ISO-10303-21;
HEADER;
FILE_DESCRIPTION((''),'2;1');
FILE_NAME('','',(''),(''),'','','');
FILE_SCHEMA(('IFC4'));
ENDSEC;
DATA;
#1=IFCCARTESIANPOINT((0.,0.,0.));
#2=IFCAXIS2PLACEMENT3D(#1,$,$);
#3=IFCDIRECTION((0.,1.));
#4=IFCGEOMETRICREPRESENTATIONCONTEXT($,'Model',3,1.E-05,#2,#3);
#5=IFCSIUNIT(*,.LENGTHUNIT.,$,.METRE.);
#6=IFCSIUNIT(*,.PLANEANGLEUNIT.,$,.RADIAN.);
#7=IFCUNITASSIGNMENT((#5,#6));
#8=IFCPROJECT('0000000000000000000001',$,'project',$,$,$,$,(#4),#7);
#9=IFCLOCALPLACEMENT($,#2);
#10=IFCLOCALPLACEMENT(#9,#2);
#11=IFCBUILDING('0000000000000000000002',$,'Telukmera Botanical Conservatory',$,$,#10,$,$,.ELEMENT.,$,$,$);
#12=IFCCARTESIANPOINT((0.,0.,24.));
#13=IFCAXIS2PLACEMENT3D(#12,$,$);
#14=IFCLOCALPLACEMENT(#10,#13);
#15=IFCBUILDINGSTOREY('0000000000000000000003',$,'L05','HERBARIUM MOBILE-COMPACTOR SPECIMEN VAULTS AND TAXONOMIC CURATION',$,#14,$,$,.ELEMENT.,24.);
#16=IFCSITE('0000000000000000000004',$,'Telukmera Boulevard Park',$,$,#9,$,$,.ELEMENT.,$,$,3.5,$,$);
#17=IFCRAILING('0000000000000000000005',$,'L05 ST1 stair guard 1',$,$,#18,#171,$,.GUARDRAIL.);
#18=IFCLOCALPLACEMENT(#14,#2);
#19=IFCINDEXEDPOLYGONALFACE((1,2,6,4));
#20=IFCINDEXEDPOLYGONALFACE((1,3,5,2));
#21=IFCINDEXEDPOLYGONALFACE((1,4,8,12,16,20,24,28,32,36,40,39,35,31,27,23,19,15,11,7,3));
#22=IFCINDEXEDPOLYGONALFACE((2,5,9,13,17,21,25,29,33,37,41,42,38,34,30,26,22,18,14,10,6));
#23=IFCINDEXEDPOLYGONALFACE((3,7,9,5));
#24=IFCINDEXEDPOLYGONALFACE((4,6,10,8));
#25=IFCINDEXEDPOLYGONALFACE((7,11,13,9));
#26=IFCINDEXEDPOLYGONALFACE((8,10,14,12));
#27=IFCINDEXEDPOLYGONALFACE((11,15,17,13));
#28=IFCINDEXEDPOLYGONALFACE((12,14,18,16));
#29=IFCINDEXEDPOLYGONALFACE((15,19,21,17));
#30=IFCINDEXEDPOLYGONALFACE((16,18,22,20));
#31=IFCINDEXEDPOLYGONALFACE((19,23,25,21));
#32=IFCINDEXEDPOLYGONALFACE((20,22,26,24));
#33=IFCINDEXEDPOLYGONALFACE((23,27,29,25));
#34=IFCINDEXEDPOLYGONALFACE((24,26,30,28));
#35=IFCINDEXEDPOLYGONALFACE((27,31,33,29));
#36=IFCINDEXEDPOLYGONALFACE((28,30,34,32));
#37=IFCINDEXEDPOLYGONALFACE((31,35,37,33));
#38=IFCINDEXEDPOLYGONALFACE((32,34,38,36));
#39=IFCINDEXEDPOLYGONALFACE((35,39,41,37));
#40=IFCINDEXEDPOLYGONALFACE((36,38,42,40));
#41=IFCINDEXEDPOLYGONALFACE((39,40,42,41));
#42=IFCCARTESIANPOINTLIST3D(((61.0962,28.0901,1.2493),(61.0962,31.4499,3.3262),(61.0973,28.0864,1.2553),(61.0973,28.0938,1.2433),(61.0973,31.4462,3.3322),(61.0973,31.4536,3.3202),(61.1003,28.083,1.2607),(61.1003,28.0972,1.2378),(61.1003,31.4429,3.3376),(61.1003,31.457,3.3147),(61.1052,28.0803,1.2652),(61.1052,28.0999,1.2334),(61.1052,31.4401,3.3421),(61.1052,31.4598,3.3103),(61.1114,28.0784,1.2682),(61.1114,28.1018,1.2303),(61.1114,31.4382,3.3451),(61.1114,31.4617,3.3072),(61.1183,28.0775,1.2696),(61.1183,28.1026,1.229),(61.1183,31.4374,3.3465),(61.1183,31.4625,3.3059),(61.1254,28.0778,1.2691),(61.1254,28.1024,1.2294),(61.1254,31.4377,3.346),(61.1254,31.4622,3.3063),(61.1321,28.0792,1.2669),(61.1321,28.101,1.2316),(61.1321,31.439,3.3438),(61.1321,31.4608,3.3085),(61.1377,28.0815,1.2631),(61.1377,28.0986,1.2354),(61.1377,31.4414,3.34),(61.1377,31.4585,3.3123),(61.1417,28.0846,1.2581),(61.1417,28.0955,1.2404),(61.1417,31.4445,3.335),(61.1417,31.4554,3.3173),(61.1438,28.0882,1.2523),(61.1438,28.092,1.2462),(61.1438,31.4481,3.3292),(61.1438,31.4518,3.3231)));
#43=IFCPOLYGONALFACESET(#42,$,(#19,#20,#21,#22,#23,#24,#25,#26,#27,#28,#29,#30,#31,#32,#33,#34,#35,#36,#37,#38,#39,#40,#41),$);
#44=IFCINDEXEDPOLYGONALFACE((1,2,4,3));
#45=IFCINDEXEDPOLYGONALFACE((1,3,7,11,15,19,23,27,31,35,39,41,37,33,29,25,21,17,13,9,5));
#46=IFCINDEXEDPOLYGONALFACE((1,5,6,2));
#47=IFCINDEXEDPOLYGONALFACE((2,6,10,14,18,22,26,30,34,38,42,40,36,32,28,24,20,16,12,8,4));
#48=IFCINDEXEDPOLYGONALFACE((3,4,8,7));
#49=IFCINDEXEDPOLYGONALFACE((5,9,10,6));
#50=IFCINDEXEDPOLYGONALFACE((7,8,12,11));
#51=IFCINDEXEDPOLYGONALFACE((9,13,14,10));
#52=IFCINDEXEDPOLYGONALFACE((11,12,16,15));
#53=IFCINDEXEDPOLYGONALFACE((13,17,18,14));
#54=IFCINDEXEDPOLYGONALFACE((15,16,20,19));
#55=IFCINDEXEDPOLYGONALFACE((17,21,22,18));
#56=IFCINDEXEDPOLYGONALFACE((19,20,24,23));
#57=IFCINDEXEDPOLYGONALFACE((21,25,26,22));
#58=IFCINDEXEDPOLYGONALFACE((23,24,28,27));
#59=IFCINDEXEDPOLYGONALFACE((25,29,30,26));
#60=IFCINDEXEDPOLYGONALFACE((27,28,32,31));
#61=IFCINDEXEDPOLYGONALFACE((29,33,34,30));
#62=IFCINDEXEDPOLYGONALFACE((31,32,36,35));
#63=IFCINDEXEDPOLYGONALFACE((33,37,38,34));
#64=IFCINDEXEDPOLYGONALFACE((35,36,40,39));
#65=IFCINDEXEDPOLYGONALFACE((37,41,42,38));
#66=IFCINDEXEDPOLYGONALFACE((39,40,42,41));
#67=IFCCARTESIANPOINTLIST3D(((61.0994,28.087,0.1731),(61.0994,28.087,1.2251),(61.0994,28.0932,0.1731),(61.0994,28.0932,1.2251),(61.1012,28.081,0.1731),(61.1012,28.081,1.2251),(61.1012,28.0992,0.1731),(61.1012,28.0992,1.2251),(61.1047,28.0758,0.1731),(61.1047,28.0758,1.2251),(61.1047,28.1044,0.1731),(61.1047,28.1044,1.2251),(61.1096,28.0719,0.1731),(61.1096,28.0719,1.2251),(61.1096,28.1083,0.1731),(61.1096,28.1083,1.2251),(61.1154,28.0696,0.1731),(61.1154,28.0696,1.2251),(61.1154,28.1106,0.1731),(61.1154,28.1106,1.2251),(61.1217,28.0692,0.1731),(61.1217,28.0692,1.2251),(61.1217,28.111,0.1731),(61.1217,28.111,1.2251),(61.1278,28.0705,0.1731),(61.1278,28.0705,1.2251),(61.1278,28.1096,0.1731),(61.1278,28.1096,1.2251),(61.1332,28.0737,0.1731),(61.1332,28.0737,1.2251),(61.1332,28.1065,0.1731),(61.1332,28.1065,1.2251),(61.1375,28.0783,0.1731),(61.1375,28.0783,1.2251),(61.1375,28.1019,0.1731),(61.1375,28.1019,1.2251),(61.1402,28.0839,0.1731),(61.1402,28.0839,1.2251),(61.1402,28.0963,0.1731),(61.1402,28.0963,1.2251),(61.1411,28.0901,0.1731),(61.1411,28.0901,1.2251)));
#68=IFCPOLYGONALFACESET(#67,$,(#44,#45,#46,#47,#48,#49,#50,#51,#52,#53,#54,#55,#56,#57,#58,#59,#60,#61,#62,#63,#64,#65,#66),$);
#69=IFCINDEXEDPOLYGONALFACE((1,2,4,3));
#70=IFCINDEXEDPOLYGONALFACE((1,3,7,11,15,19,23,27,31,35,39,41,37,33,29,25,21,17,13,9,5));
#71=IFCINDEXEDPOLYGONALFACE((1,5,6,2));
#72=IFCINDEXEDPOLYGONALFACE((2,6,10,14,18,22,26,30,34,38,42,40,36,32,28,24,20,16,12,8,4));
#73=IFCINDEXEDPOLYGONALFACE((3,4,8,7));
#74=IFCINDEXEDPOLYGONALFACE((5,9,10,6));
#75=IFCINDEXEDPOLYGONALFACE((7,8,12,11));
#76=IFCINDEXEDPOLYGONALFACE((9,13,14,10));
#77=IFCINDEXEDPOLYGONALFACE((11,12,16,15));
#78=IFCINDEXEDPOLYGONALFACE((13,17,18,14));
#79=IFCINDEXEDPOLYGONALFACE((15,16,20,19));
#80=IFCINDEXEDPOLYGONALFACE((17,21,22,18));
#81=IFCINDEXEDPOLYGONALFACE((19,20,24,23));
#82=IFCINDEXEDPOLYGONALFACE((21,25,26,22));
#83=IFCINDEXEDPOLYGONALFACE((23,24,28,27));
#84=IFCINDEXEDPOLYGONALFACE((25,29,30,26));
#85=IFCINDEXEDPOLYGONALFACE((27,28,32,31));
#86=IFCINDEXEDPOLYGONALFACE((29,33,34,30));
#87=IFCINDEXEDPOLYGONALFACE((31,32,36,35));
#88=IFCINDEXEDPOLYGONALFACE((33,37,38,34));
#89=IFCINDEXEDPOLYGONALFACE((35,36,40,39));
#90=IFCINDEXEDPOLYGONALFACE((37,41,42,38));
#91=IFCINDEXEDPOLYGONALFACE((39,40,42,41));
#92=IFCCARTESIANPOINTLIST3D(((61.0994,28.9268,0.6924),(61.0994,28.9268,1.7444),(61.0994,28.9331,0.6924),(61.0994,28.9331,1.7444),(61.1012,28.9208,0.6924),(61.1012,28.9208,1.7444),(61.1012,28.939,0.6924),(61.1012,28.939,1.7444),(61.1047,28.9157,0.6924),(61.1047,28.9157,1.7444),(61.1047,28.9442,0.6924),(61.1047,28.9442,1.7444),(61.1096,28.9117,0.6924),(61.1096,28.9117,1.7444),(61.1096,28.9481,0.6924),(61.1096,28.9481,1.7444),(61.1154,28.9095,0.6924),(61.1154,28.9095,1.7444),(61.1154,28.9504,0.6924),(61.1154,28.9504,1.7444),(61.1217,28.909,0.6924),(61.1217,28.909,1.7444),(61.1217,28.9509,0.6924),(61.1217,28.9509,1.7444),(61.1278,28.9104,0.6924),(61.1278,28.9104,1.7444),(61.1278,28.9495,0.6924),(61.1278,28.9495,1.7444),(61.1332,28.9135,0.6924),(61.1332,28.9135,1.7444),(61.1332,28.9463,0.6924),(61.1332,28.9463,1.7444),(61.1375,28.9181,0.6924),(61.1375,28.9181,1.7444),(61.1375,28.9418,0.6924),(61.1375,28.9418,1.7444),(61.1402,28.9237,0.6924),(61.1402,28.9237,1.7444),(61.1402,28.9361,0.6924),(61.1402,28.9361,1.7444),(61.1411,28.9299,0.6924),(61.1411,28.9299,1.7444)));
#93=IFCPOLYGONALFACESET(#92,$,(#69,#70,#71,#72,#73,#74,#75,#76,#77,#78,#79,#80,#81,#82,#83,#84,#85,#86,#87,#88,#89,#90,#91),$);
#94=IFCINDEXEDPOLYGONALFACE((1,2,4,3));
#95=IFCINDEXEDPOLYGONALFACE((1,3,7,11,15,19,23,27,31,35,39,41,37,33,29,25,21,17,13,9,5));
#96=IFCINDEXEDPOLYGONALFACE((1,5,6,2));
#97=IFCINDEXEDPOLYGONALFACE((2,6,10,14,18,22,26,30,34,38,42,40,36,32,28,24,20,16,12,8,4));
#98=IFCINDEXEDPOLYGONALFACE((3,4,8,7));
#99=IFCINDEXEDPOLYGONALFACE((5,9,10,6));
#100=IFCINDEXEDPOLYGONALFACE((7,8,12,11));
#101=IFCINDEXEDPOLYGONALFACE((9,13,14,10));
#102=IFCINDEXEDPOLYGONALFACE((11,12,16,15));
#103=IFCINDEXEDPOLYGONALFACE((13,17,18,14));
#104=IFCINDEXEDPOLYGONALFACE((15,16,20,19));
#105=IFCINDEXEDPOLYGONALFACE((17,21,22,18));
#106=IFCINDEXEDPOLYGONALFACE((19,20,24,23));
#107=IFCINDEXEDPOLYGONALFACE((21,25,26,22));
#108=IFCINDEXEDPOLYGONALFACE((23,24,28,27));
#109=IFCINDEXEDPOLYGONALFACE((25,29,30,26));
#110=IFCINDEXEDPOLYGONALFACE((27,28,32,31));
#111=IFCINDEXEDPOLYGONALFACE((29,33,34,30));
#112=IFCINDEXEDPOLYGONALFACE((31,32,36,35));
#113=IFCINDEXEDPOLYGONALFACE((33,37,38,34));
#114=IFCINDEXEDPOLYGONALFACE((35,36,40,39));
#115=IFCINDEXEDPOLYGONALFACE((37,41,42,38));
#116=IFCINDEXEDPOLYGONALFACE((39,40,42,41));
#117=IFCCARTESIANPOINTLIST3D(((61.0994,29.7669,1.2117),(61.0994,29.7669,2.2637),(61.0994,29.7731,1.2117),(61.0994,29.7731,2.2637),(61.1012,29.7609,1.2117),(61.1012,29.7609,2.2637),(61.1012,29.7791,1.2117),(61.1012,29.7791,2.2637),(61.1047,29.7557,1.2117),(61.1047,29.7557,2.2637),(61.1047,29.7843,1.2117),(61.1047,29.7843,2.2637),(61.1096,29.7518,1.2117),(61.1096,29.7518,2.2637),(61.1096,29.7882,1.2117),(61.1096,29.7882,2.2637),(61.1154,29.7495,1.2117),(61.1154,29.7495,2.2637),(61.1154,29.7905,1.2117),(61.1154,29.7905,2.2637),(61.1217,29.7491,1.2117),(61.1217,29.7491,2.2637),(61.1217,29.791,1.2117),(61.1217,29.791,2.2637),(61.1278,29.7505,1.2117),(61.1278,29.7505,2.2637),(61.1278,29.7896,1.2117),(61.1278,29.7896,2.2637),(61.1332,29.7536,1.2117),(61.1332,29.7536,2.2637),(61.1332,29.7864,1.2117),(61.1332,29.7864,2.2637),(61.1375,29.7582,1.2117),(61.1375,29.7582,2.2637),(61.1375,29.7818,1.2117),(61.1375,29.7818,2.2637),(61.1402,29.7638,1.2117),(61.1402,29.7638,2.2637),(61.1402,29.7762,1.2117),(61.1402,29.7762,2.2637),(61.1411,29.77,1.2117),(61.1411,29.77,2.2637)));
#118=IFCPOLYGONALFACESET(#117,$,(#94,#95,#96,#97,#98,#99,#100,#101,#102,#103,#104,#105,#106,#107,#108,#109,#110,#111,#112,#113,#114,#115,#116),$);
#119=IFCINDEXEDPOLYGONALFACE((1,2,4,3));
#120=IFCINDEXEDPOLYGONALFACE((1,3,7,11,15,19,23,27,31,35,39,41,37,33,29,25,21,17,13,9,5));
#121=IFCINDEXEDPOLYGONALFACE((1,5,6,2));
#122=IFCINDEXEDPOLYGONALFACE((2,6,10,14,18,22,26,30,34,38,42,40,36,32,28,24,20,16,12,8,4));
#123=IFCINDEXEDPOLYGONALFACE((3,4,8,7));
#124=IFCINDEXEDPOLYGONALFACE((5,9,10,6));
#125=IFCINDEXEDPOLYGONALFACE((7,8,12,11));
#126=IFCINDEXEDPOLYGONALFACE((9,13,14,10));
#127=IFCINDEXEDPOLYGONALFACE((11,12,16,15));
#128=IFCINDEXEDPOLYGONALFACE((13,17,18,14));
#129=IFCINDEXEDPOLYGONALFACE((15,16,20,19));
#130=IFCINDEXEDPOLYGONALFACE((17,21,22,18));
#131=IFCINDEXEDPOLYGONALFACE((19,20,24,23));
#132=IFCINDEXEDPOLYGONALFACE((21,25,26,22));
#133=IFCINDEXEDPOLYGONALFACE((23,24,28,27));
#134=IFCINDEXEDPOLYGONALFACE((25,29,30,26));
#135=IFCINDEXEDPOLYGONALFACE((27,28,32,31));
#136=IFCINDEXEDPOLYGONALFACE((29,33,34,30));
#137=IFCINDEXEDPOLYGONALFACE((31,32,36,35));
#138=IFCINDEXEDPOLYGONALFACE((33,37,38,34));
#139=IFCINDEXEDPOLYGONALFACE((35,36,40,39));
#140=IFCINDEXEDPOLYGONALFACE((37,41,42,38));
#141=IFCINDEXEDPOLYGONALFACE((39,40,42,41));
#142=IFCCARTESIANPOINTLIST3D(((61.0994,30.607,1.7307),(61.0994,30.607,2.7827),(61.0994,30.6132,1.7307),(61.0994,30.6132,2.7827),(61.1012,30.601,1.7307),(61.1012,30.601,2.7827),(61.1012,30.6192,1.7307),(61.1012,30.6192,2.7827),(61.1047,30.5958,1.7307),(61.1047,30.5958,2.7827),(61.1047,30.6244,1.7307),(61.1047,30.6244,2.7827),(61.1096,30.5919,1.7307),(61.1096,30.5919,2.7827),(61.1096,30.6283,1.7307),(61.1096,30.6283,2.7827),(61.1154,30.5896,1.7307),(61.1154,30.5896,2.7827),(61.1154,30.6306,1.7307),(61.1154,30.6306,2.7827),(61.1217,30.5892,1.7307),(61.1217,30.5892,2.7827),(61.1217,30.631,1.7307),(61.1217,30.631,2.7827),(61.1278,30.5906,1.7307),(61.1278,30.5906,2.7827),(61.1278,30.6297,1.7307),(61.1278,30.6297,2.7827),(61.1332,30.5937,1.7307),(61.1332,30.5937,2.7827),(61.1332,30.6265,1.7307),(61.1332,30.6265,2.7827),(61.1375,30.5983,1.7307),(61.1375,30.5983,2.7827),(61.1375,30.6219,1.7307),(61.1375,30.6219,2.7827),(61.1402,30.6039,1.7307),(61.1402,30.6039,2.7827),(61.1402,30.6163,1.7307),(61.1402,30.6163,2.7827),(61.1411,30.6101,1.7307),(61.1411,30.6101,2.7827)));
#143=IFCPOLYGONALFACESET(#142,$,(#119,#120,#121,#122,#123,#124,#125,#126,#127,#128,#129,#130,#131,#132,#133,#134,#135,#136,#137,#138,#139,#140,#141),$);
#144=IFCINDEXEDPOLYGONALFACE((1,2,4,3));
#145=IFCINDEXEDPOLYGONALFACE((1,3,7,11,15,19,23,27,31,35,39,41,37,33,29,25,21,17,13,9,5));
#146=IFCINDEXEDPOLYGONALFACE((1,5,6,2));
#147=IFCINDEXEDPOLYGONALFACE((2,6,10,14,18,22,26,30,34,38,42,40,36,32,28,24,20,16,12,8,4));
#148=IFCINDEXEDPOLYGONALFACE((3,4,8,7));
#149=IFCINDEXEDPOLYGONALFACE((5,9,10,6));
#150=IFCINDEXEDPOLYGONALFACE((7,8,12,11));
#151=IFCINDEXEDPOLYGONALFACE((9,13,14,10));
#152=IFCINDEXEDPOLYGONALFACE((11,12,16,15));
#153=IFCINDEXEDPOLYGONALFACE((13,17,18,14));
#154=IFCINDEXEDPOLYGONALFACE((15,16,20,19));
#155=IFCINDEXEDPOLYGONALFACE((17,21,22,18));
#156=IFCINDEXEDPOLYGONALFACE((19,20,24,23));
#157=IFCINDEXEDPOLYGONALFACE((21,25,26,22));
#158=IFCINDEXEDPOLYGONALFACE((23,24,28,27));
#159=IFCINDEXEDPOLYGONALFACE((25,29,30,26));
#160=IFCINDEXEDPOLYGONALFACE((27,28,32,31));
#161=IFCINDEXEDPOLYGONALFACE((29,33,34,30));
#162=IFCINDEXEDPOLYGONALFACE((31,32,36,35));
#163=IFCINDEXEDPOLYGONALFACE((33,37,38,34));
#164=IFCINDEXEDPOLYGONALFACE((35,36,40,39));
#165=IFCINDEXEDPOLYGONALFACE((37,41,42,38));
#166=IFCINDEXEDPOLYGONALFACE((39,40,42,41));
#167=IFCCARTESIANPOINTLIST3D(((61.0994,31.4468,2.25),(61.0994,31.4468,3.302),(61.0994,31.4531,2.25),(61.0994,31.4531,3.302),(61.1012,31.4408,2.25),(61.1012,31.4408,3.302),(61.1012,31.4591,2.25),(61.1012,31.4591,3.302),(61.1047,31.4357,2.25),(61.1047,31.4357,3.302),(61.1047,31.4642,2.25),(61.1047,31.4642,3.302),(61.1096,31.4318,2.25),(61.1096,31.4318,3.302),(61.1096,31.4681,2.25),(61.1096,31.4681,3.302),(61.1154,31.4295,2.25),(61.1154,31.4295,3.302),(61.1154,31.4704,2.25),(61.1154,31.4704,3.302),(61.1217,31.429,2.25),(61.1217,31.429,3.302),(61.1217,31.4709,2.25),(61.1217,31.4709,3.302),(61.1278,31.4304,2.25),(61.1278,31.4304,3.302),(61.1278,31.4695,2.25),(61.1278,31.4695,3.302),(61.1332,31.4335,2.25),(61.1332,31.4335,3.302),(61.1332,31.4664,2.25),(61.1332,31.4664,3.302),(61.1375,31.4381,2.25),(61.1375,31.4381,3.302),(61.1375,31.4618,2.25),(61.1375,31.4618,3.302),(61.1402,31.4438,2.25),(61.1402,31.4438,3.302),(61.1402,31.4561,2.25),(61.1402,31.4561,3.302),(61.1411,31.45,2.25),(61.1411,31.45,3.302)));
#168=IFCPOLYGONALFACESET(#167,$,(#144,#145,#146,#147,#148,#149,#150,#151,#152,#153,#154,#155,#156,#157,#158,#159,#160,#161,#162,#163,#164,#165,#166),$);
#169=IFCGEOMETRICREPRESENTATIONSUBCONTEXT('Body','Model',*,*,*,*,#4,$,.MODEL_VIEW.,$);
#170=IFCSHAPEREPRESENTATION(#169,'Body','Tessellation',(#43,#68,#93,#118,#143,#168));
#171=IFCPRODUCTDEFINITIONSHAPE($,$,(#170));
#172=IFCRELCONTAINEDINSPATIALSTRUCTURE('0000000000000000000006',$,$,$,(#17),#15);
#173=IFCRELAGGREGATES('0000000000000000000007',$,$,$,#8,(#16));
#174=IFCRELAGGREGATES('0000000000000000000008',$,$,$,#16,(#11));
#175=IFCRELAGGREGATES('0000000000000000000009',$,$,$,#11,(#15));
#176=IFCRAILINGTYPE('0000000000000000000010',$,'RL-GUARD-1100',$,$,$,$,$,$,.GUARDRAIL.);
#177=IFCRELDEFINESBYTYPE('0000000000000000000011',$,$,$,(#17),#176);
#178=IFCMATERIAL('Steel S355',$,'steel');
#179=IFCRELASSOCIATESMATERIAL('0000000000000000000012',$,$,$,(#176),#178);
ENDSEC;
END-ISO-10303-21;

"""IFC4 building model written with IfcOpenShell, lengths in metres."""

from ifc_helpers import new_model, si_unit, direction, frame, origin, origin_2d, place, context, subcontext, project, spatial, circle, extrude, material, type_object, element, save


model = new_model("IFC4")

# Units and contexts
model_context = context("Model", 3, precision=1e-05, world=origin(), true_north=direction((0.0, 1.0)))
body_context = subcontext(model_context, "Body", "Model", "MODEL_VIEW")
ifc_project = project(units=[si_unit("LENGTHUNIT", "METRE"), si_unit("PLANEANGLEUNIT", "RADIAN")], contexts=[model_context])

# Site, building, storey
site_placement = place(None, origin())
site = spatial("IfcSite", under=ifc_project, at=site_placement, Name="Telukmera Boulevard Park", CompositionType="ELEMENT", RefElevation=3.5)
building_placement = place(site_placement, origin())
building = spatial("IfcBuilding", under=site, at=building_placement, Name="Telukmera Botanical Conservatory", CompositionType="ELEMENT")
storey_placement = place(building_placement, frame((0.0, 0.0, 24.0)))
storey = spatial("IfcBuildingStorey", under=building, at=storey_placement, Name="L05", Description="HERBARIUM MOBILE-COMPACTOR SPECIMEN VAULTS AND TAXONOMIC CURATION", CompositionType="ELEMENT", Elevation=24.0)

# Railing
ifc_material_1 = material(Name="Steel S355", Category="steel")
railing_type_1 = type_object("IfcRailingType", Name="RL-GUARD-1100", PredefinedType="GUARDRAIL", material=ifc_material_1)
railing_1_placement = place(storey_placement, frame((61.1201, 28.0901, 0.1731)))
element("IfcRailing", 1, at=railing_1_placement, inside=storey, type_object=railing_type_1, Name="L05 ST1 stair guard 1", PredefinedType="GUARDRAIL", context=body_context, shape_type="SweptSolid", body=[
    extrude(circle(Radius=0.0239, at=origin_2d()), frame((0.0, 0.0, 1.0762), z_axis=(0.0, 0.850606, 0.525803), x_axis=(-1.0, 0.0, 0.0)), (0.0, 0.0, 1.0), 3.95),
    extrude(circle(Radius=0.021, at=origin_2d()), origin(), (0.0, 0.0, 1.0), 1.052),
    extrude(circle(Radius=0.021, at=origin_2d()), frame((0.0, 0.8398, 0.5193)), (0.0, 0.0, 1.0), 1.052),
    extrude(circle(Radius=0.021, at=origin_2d()), frame((0.0, 1.6799, 1.0386)), (0.0, 0.0, 1.0), 1.052),
    extrude(circle(Radius=0.021, at=origin_2d()), frame((0.0, 2.52, 1.5576)), (0.0, 0.0, 1.0), 1.052),
    extrude(circle(Radius=0.021, at=origin_2d()), frame((0.0, 3.3599, 2.0769)), (0.0, 0.0, 1.0), 1.052),
])

save(model, "model.ifc")
